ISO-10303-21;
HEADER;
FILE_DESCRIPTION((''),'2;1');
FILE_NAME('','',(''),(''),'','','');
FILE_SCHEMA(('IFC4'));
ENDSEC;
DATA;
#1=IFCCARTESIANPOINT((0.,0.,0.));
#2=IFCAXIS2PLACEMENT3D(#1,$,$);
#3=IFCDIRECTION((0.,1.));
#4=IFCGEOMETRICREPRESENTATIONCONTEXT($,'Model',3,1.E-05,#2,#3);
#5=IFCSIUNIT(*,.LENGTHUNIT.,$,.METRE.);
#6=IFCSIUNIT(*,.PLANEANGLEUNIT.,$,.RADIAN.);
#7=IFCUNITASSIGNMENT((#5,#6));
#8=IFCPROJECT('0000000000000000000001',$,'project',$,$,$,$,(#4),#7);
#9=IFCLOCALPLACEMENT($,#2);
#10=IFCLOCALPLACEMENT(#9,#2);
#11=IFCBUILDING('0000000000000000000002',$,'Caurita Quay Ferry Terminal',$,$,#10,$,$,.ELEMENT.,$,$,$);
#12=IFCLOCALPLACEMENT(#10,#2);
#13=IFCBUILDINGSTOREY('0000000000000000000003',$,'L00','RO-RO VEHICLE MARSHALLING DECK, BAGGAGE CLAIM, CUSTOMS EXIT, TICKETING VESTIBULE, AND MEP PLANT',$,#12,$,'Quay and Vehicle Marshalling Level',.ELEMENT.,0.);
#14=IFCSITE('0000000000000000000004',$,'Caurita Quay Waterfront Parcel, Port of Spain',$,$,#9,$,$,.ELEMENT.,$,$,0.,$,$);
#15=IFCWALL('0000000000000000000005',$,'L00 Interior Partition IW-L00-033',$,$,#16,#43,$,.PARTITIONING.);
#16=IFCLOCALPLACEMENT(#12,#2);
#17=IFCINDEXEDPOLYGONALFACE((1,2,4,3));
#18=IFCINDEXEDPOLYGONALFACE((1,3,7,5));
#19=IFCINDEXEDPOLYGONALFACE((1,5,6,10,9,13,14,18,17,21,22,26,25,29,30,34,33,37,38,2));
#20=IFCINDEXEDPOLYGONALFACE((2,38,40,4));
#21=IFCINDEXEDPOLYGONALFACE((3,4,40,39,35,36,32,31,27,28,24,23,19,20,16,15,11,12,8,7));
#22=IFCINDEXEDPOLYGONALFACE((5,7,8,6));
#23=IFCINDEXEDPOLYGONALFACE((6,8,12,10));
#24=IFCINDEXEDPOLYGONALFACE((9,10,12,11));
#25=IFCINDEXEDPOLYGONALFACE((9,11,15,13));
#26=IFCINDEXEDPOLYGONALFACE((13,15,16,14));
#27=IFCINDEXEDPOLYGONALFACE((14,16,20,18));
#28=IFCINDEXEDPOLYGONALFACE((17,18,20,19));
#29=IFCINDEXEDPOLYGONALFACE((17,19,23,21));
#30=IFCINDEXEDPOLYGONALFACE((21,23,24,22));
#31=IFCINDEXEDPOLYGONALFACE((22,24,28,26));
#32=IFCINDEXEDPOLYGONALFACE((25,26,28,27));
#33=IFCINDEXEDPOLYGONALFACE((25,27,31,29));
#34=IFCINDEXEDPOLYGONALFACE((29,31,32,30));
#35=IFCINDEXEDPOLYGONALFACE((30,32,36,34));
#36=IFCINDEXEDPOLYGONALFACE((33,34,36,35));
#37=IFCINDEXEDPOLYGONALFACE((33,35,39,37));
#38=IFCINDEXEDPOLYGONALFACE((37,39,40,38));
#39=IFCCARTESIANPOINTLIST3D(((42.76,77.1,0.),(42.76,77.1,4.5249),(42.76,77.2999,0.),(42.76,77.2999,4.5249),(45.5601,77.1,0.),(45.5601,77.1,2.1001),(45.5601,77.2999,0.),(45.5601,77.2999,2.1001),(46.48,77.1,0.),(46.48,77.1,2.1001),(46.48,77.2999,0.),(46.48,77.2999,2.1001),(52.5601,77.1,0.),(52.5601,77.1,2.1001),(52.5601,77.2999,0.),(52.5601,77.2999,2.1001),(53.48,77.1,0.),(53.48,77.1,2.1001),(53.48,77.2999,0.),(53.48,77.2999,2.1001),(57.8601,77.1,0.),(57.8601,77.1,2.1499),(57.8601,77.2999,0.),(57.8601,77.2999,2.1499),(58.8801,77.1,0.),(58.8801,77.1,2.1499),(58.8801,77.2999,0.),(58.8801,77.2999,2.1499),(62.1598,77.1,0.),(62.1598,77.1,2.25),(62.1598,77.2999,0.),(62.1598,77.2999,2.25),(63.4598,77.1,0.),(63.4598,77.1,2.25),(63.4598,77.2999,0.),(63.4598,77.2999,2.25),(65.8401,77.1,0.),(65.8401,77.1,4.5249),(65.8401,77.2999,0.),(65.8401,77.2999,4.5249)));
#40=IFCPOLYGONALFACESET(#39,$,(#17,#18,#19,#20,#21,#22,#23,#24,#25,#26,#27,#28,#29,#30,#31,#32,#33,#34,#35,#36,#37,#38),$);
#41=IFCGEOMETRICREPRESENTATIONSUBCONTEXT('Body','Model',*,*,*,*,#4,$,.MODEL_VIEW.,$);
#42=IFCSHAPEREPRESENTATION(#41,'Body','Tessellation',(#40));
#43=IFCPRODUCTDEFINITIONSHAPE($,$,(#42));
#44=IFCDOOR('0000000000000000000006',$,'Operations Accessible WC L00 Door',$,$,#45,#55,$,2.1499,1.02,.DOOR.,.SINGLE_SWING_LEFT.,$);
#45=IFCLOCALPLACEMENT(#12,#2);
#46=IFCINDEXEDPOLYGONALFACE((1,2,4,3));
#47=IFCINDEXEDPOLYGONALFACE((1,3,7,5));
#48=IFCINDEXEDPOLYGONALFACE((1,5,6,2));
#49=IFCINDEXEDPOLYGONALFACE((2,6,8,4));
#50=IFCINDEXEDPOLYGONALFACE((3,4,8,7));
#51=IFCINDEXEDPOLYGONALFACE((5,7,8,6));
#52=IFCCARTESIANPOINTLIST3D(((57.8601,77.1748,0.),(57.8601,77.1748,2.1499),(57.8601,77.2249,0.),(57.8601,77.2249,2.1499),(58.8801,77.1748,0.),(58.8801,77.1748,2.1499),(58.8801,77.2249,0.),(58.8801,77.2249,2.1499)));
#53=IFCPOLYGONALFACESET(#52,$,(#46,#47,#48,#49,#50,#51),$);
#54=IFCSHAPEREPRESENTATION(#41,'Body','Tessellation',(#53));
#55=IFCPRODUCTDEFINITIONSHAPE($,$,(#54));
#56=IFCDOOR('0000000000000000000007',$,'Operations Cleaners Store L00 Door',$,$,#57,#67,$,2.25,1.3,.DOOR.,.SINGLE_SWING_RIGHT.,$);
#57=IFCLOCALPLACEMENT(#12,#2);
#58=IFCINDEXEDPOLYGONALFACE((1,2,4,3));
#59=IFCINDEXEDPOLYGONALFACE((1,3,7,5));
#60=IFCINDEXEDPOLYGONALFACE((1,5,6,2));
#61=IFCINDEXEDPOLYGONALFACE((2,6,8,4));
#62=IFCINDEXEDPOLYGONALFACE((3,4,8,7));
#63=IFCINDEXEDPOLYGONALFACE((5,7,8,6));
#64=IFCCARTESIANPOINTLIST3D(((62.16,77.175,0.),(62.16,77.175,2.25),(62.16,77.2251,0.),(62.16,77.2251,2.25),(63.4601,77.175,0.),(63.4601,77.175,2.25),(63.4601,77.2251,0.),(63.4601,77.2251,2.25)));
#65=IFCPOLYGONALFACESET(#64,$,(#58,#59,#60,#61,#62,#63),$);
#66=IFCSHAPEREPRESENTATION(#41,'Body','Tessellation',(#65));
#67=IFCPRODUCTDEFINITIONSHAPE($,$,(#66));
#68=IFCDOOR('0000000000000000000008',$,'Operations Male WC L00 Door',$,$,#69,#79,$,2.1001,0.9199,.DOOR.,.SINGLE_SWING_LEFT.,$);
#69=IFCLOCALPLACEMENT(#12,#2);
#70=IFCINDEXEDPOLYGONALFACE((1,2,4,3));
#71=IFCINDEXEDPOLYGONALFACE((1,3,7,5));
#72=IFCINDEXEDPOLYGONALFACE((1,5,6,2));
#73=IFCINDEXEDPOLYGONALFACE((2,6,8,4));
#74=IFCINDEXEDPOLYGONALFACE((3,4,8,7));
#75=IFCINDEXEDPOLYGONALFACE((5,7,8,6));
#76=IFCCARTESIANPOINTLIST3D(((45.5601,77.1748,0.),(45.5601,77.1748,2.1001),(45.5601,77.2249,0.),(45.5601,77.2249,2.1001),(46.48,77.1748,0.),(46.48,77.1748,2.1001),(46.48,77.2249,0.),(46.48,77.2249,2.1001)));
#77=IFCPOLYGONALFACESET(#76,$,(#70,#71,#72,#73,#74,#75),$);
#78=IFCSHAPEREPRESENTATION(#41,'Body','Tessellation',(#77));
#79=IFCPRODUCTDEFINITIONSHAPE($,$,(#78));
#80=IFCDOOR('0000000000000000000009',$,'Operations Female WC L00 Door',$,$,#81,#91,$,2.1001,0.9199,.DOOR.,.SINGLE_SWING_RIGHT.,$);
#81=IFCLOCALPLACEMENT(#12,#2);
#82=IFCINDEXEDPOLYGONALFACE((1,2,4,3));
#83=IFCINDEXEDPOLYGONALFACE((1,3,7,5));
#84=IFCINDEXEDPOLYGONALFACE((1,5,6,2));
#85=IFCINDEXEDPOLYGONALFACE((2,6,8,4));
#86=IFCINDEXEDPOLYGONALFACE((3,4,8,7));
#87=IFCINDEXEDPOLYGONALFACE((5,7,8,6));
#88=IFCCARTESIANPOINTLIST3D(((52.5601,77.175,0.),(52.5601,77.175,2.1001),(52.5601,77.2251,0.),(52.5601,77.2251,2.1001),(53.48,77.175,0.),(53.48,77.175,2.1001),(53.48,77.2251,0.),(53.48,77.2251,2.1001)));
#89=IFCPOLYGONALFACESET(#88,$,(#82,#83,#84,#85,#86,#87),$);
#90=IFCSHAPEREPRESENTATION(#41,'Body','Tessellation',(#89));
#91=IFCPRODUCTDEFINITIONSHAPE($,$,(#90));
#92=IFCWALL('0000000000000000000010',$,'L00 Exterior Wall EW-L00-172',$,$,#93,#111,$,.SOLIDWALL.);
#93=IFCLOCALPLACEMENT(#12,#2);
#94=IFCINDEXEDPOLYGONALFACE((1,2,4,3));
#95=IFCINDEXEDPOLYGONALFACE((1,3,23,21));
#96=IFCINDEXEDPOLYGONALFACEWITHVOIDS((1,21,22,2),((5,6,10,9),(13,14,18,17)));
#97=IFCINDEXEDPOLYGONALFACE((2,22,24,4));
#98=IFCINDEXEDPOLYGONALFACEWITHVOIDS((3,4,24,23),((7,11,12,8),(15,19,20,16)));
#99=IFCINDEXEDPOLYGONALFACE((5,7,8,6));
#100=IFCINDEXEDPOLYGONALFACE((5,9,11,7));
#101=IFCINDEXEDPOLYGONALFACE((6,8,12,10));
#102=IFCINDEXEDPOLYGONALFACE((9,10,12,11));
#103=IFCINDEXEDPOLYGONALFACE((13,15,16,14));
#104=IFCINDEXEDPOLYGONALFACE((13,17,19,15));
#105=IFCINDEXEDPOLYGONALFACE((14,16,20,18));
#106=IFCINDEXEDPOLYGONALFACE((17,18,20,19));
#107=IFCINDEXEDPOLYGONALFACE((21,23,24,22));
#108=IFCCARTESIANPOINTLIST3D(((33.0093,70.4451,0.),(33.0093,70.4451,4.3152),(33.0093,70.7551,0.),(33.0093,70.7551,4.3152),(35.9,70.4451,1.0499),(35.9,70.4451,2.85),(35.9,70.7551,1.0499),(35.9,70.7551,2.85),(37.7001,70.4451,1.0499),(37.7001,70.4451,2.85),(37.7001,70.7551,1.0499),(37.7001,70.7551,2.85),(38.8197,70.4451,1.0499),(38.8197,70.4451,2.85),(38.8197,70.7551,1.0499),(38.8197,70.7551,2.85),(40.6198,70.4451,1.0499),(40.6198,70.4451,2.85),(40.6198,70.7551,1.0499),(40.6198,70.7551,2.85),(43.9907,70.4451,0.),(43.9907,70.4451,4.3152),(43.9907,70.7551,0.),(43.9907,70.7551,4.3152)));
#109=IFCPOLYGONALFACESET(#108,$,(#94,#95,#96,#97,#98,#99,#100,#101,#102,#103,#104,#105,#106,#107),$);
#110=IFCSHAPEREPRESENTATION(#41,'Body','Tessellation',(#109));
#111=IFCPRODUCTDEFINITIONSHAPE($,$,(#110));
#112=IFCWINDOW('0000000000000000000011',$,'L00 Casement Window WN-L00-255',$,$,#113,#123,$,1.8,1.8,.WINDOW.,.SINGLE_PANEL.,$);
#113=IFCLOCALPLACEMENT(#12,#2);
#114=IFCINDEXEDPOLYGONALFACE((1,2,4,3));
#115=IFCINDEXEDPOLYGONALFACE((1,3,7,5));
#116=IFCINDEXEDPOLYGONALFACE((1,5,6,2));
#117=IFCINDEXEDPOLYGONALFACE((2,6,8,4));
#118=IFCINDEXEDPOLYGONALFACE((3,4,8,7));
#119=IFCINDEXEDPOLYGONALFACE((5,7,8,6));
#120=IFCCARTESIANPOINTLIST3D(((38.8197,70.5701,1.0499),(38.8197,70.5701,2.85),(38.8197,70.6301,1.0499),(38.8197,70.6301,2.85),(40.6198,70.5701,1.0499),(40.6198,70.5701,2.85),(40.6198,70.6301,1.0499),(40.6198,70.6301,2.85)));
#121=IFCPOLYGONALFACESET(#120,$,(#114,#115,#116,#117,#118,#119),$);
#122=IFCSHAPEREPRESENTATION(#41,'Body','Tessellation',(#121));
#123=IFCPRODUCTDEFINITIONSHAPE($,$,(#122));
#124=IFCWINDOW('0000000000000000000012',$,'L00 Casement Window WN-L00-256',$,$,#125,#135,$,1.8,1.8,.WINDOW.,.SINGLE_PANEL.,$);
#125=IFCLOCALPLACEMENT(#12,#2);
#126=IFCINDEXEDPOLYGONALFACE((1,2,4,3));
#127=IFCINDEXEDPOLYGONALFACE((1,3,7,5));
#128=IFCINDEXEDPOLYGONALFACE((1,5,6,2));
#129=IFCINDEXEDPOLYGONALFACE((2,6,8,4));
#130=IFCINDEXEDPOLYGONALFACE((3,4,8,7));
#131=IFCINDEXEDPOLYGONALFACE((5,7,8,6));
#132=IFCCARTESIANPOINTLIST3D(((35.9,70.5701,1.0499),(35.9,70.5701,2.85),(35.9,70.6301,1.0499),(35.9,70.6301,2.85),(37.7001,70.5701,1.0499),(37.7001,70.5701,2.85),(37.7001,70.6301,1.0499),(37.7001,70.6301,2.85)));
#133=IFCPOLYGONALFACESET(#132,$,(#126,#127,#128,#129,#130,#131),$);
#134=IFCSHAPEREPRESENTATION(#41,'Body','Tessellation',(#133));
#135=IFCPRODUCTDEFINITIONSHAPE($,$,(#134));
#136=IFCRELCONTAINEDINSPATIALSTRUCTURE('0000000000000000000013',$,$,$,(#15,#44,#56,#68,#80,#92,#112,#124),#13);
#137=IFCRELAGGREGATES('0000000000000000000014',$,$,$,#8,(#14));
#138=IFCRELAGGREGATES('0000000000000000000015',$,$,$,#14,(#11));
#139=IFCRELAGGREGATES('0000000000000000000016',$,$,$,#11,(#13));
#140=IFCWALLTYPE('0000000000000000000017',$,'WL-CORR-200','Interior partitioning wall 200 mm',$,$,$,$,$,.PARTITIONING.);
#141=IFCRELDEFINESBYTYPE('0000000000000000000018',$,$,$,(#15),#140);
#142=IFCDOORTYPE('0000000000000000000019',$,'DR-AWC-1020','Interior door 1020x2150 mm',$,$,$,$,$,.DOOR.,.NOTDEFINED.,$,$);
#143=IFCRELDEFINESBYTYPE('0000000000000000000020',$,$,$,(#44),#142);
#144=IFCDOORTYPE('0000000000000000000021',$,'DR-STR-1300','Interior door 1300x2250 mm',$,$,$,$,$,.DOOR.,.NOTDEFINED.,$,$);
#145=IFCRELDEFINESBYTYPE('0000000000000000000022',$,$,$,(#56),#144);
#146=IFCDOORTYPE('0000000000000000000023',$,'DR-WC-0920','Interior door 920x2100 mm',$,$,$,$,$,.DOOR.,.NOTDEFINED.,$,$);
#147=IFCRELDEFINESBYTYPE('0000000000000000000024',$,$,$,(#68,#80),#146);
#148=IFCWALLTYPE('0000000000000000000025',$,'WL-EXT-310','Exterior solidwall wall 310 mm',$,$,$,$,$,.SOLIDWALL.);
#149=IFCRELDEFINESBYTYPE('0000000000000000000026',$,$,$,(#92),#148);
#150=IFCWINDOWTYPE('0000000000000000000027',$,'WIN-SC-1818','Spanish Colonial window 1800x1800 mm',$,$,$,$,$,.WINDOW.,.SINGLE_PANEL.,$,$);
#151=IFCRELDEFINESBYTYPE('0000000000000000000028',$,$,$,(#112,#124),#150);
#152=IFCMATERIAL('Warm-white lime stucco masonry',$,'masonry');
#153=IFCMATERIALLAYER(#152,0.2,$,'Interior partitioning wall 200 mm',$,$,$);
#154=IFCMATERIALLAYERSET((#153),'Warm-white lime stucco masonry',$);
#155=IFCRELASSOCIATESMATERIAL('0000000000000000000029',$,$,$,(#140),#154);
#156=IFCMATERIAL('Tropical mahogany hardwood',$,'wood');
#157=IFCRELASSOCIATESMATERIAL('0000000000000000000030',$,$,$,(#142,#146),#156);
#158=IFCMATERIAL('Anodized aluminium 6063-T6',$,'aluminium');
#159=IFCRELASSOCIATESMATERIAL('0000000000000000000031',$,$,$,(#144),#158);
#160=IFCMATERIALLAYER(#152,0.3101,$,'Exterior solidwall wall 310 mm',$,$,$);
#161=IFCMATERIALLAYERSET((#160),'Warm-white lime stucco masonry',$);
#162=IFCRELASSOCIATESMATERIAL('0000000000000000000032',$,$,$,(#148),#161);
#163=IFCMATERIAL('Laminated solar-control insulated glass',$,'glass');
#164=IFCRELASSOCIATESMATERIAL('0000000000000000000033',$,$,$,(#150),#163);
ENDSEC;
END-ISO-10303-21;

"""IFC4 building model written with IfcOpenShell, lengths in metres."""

from ifc_helpers import new_model, si_unit, direction, frame, frame_2d, origin, place, context, subcontext, project, spatial, rectangle, extrude, material, layer, layer_set, type_object, element, fill, save


model = new_model("IFC4")

# Units and contexts
model_context = context("Model", 3, precision=1e-05, world=origin(), true_north=direction((0.0, 1.0)))
body_context = subcontext(model_context, "Body", "Model", "MODEL_VIEW")
ifc_project = project(units=[si_unit("LENGTHUNIT", "METRE"), si_unit("PLANEANGLEUNIT", "RADIAN")], contexts=[model_context])

# Site, building, storey
site_placement = place(None, origin())
site = spatial("IfcSite", under=ifc_project, at=site_placement, Name="Caurita Quay Waterfront Parcel, Port of Spain", CompositionType="ELEMENT", RefElevation=0.0)
building_placement = place(site_placement, origin())
building = spatial("IfcBuilding", under=site, at=building_placement, Name="Caurita Quay Ferry Terminal", CompositionType="ELEMENT")
storey_placement = place(building_placement, origin())
storey = spatial("IfcBuildingStorey", under=building, at=storey_placement, Name="L00", Description="RO-RO VEHICLE MARSHALLING DECK, BAGGAGE CLAIM, CUSTOMS EXIT, TICKETING VESTIBULE, AND MEP PLANT", LongName="Quay and Vehicle Marshalling Level", CompositionType="ELEMENT", Elevation=0.0)

# Shared definitions
ifc_material_1 = material(Name="Anodized aluminium 6063-T6", Category="aluminium")

# Wall, openings, doors
ifc_material_2 = material(Name="Warm-white lime stucco masonry", Category="masonry")
ifc_layer_1 = layer(ifc_material_2, 0.2, Name="Interior partitioning wall 200 mm")
ifc_layer_set_1 = layer_set([ifc_layer_1], Name="Warm-white lime stucco masonry")
wall_type_1 = type_object("IfcWallType", Name="WL-CORR-200", Description="Interior partitioning wall 200 mm", PredefinedType="PARTITIONING", material=ifc_layer_set_1)
wall_1_placement = place(storey_placement, frame((42.76, 77.2, 0.0), z_axis=(0.0, 0.0, 1.0), x_axis=(1.0, 0.0, 0.0)))
wall_1 = element("IfcWall", 1, at=wall_1_placement, inside=storey, type_object=wall_type_1, Name="L00 Interior Partition IW-L00-033", PredefinedType="PARTITIONING", context=body_context, shape_type="SweptSolid", body=[
    extrude(rectangle(XDim=23.0801, YDim=0.2, at=frame_2d((11.54, 0.0))), origin(), (0.0, 0.0, 1.0), 4.5249),
])
opening_1_placement = place(wall_1_placement, frame((2.8, 0.0, 0.0)))
opening_1 = element("IfcOpeningElement", 2, at=opening_1_placement, cuts=wall_1, PredefinedType="OPENING", context=body_context, shape_type="SweptSolid", body=[
    extrude(rectangle(XDim=0.9199, YDim=2.1001, at=frame_2d((0.46, 1.05))), frame((0.0, 0.1099, 0.0), z_axis=(0.0, -1.0, 0.0), x_axis=(1.0, 0.0, 0.0)), (0.0, 0.0, 1.0), 0.22),
])
opening_2_placement = place(wall_1_placement, frame((9.8, 0.0, 0.0)))
opening_2 = element("IfcOpeningElement", 3, at=opening_2_placement, cuts=wall_1, PredefinedType="OPENING", context=body_context, shape_type="SweptSolid", body=[
    extrude(rectangle(XDim=0.9199, YDim=2.1001, at=frame_2d((0.46, 1.05))), frame((0.0, 0.1099, 0.0), z_axis=(0.0, -1.0, 0.0), x_axis=(1.0, 0.0, 0.0)), (0.0, 0.0, 1.0), 0.22),
])
opening_3_placement = place(wall_1_placement, frame((15.1001, 0.0, 0.0)))
opening_3 = element("IfcOpeningElement", 4, at=opening_3_placement, cuts=wall_1, PredefinedType="OPENING", context=body_context, shape_type="SweptSolid", body=[
    extrude(rectangle(XDim=1.02, YDim=2.1499, at=frame_2d((0.51, 1.075))), frame((0.0, 0.1099, 0.0), z_axis=(0.0, -1.0, 0.0), x_axis=(1.0, 0.0, 0.0)), (0.0, 0.0, 1.0), 0.22),
])
opening_4_placement = place(wall_1_placement, frame((19.3999, 0.0, 0.0)))
opening_4 = element("IfcOpeningElement", 5, at=opening_4_placement, cuts=wall_1, PredefinedType="OPENING", context=body_context, shape_type="SweptSolid", body=[
    extrude(rectangle(XDim=1.3, YDim=2.25, at=frame_2d((0.6499, 1.125))), frame((0.0, 0.1099, 0.0), z_axis=(0.0, -1.0, 0.0), x_axis=(1.0, 0.0, 0.0)), (0.0, 0.0, 1.0), 0.22),
])
ifc_material_3 = material(Name="Tropical mahogany hardwood", Category="wood")
door_type_1 = type_object("IfcDoorType", Name="DR-AWC-1020", Description="Interior door 1020x2150 mm", OperationType="NOTDEFINED", PredefinedType="DOOR", material=ifc_material_3)
door_1_placement = place(opening_3_placement, origin())
door_1 = element("IfcDoor", 6, at=door_1_placement, inside=storey, type_object=door_type_1, Name="Operations Accessible WC L00 Door", OperationType="SINGLE_SWING_LEFT", OverallHeight=2.1499, OverallWidth=1.02, PredefinedType="DOOR", context=body_context, shape_type="SweptSolid", body=[
    extrude(rectangle(XDim=1.02, YDim=2.1499, at=frame_2d((0.51, 1.075))), frame((0.0, 0.0249, 0.0), z_axis=(0.0, -1.0, 0.0), x_axis=(1.0, 0.0, 0.0)), (0.0, 0.0, 1.0), 0.05),
])
fill(opening_3, door_1)
door_type_2 = type_object("IfcDoorType", Name="DR-STR-1300", Description="Interior door 1300x2250 mm", OperationType="NOTDEFINED", PredefinedType="DOOR", material=ifc_material_1)
door_2_placement = place(opening_4_placement, frame((1.3, 0.0, 0.0), z_axis=(0.0, 0.0, 1.0), x_axis=(-1.0, 0.0, 0.0)))
door_2 = element("IfcDoor", 7, at=door_2_placement, inside=storey, type_object=door_type_2, Name="Operations Cleaners Store L00 Door", OperationType="SINGLE_SWING_RIGHT", OverallHeight=2.25, OverallWidth=1.3, PredefinedType="DOOR", context=body_context, shape_type="SweptSolid", body=[
    extrude(rectangle(XDim=1.3, YDim=2.25, at=frame_2d((0.6499, 1.125))), frame((0.0, 0.0249, 0.0), z_axis=(0.0, -1.0, 0.0), x_axis=(1.0, 0.0, 0.0)), (0.0, 0.0, 1.0), 0.05),
])
fill(opening_4, door_2)
door_type_3 = type_object("IfcDoorType", Name="DR-WC-0920", Description="Interior door 920x2100 mm", OperationType="NOTDEFINED", PredefinedType="DOOR", material=ifc_material_3)
door_3_placement = place(opening_1_placement, origin())
door_3 = element("IfcDoor", 8, at=door_3_placement, inside=storey, type_object=door_type_3, Name="Operations Male WC L00 Door", OperationType="SINGLE_SWING_LEFT", OverallHeight=2.1001, OverallWidth=0.9199, PredefinedType="DOOR", context=body_context, shape_type="SweptSolid", body=[
    extrude(rectangle(XDim=0.9199, YDim=2.1001, at=frame_2d((0.46, 1.05))), frame((0.0, 0.0249, 0.0), z_axis=(0.0, -1.0, 0.0), x_axis=(1.0, 0.0, 0.0)), (0.0, 0.0, 1.0), 0.05),
])
fill(opening_1, door_3)
door_4_placement = place(opening_2_placement, frame((0.9199, 0.0, 0.0), z_axis=(0.0, 0.0, 1.0), x_axis=(-1.0, 0.0, 0.0)))
door_4 = element("IfcDoor", 9, at=door_4_placement, inside=storey, type_object=door_type_3, Name="Operations Female WC L00 Door", OperationType="SINGLE_SWING_RIGHT", OverallHeight=2.1001, OverallWidth=0.9199, PredefinedType="DOOR", context=body_context, shape_type="SweptSolid", body=[
    extrude(rectangle(XDim=0.9199, YDim=2.1001, at=frame_2d((0.46, 1.05))), frame((0.0, 0.0249, 0.0), z_axis=(0.0, -1.0, 0.0), x_axis=(1.0, 0.0, 0.0)), (0.0, 0.0, 1.0), 0.05),
])
fill(opening_2, door_4)

# Wall, openings, windows
ifc_layer_2 = layer(ifc_material_2, 0.3101, Name="Exterior solidwall wall 310 mm")
ifc_layer_set_2 = layer_set([ifc_layer_2], Name="Warm-white lime stucco masonry")
wall_type_2 = type_object("IfcWallType", Name="WL-EXT-310", Description="Exterior solidwall wall 310 mm", PredefinedType="SOLIDWALL", material=ifc_layer_set_2)
wall_2_placement = place(storey_placement, frame((43.9907, 70.6001, 0.0), z_axis=(0.0, 0.0, 1.0), x_axis=(-1.0, 0.0, 0.0)))
wall_2 = element("IfcWall", 10, at=wall_2_placement, inside=storey, type_object=wall_type_2, Name="L00 Exterior Wall EW-L00-172", PredefinedType="SOLIDWALL", context=body_context, shape_type="SweptSolid", body=[
    extrude(rectangle(XDim=10.9814, YDim=0.3101, at=frame_2d((5.4907, 0.0))), origin(), (0.0, 0.0, 1.0), 4.3152),
])
opening_5_placement = place(wall_2_placement, frame((3.3711, 0.0, 1.05)))
opening_5 = element("IfcOpeningElement", 11, at=opening_5_placement, cuts=wall_2, PredefinedType="OPENING", context=body_context, shape_type="SweptSolid", body=[
    extrude(rectangle(XDim=1.8, YDim=1.8, at=frame_2d((0.8999, 0.8999))), frame((0.0, 0.165, 0.0), z_axis=(0.0, -1.0, 0.0), x_axis=(1.0, 0.0, 0.0)), (0.0, 0.0, 1.0), 0.3301),
])
opening_6_placement = place(wall_2_placement, frame((6.2908, 0.0, 1.05)))
opening_6 = element("IfcOpeningElement", 12, at=opening_6_placement, cuts=wall_2, PredefinedType="OPENING", context=body_context, shape_type="SweptSolid", body=[
    extrude(rectangle(XDim=1.8, YDim=1.8, at=frame_2d((0.8999, 0.8999))), frame((0.0, 0.165, 0.0), z_axis=(0.0, -1.0, 0.0), x_axis=(1.0, 0.0, 0.0)), (0.0, 0.0, 1.0), 0.3301),
])
ifc_material_4 = material(Name="Laminated solar-control insulated glass", Category="glass")
window_type = type_object("IfcWindowType", Name="WIN-SC-1818", Description="Spanish Colonial window 1800x1800 mm", PartitioningType="SINGLE_PANEL", PredefinedType="WINDOW", material=ifc_material_4)
window_1_placement = place(opening_5_placement, origin())
window_1 = element("IfcWindow", 13, at=window_1_placement, inside=storey, type_object=window_type, Name="L00 Casement Window WN-L00-255", OverallHeight=1.8, OverallWidth=1.8, PartitioningType="SINGLE_PANEL", PredefinedType="WINDOW", context=body_context, shape_type="SweptSolid", body=[
    extrude(rectangle(XDim=1.8, YDim=1.8, at=frame_2d((0.8999, 0.8999))), frame((0.0, 0.03, 0.0), z_axis=(0.0, -1.0, 0.0), x_axis=(1.0, 0.0, 0.0)), (0.0, 0.0, 1.0), 0.0601),
])
fill(opening_5, window_1)
window_2_placement = place(opening_6_placement, origin())
window_2 = element("IfcWindow", 14, at=window_2_placement, inside=storey, type_object=window_type, Name="L00 Casement Window WN-L00-256", OverallHeight=1.8, OverallWidth=1.8, PartitioningType="SINGLE_PANEL", PredefinedType="WINDOW", context=body_context, shape_type="SweptSolid", body=[
    extrude(rectangle(XDim=1.8, YDim=1.8, at=frame_2d((0.8999, 0.8999))), frame((0.0, 0.03, 0.0), z_axis=(0.0, -1.0, 0.0), x_axis=(1.0, 0.0, 0.0)), (0.0, 0.0, 1.0), 0.0601),
])
fill(opening_6, window_2)

save(model, "model.ifc")
